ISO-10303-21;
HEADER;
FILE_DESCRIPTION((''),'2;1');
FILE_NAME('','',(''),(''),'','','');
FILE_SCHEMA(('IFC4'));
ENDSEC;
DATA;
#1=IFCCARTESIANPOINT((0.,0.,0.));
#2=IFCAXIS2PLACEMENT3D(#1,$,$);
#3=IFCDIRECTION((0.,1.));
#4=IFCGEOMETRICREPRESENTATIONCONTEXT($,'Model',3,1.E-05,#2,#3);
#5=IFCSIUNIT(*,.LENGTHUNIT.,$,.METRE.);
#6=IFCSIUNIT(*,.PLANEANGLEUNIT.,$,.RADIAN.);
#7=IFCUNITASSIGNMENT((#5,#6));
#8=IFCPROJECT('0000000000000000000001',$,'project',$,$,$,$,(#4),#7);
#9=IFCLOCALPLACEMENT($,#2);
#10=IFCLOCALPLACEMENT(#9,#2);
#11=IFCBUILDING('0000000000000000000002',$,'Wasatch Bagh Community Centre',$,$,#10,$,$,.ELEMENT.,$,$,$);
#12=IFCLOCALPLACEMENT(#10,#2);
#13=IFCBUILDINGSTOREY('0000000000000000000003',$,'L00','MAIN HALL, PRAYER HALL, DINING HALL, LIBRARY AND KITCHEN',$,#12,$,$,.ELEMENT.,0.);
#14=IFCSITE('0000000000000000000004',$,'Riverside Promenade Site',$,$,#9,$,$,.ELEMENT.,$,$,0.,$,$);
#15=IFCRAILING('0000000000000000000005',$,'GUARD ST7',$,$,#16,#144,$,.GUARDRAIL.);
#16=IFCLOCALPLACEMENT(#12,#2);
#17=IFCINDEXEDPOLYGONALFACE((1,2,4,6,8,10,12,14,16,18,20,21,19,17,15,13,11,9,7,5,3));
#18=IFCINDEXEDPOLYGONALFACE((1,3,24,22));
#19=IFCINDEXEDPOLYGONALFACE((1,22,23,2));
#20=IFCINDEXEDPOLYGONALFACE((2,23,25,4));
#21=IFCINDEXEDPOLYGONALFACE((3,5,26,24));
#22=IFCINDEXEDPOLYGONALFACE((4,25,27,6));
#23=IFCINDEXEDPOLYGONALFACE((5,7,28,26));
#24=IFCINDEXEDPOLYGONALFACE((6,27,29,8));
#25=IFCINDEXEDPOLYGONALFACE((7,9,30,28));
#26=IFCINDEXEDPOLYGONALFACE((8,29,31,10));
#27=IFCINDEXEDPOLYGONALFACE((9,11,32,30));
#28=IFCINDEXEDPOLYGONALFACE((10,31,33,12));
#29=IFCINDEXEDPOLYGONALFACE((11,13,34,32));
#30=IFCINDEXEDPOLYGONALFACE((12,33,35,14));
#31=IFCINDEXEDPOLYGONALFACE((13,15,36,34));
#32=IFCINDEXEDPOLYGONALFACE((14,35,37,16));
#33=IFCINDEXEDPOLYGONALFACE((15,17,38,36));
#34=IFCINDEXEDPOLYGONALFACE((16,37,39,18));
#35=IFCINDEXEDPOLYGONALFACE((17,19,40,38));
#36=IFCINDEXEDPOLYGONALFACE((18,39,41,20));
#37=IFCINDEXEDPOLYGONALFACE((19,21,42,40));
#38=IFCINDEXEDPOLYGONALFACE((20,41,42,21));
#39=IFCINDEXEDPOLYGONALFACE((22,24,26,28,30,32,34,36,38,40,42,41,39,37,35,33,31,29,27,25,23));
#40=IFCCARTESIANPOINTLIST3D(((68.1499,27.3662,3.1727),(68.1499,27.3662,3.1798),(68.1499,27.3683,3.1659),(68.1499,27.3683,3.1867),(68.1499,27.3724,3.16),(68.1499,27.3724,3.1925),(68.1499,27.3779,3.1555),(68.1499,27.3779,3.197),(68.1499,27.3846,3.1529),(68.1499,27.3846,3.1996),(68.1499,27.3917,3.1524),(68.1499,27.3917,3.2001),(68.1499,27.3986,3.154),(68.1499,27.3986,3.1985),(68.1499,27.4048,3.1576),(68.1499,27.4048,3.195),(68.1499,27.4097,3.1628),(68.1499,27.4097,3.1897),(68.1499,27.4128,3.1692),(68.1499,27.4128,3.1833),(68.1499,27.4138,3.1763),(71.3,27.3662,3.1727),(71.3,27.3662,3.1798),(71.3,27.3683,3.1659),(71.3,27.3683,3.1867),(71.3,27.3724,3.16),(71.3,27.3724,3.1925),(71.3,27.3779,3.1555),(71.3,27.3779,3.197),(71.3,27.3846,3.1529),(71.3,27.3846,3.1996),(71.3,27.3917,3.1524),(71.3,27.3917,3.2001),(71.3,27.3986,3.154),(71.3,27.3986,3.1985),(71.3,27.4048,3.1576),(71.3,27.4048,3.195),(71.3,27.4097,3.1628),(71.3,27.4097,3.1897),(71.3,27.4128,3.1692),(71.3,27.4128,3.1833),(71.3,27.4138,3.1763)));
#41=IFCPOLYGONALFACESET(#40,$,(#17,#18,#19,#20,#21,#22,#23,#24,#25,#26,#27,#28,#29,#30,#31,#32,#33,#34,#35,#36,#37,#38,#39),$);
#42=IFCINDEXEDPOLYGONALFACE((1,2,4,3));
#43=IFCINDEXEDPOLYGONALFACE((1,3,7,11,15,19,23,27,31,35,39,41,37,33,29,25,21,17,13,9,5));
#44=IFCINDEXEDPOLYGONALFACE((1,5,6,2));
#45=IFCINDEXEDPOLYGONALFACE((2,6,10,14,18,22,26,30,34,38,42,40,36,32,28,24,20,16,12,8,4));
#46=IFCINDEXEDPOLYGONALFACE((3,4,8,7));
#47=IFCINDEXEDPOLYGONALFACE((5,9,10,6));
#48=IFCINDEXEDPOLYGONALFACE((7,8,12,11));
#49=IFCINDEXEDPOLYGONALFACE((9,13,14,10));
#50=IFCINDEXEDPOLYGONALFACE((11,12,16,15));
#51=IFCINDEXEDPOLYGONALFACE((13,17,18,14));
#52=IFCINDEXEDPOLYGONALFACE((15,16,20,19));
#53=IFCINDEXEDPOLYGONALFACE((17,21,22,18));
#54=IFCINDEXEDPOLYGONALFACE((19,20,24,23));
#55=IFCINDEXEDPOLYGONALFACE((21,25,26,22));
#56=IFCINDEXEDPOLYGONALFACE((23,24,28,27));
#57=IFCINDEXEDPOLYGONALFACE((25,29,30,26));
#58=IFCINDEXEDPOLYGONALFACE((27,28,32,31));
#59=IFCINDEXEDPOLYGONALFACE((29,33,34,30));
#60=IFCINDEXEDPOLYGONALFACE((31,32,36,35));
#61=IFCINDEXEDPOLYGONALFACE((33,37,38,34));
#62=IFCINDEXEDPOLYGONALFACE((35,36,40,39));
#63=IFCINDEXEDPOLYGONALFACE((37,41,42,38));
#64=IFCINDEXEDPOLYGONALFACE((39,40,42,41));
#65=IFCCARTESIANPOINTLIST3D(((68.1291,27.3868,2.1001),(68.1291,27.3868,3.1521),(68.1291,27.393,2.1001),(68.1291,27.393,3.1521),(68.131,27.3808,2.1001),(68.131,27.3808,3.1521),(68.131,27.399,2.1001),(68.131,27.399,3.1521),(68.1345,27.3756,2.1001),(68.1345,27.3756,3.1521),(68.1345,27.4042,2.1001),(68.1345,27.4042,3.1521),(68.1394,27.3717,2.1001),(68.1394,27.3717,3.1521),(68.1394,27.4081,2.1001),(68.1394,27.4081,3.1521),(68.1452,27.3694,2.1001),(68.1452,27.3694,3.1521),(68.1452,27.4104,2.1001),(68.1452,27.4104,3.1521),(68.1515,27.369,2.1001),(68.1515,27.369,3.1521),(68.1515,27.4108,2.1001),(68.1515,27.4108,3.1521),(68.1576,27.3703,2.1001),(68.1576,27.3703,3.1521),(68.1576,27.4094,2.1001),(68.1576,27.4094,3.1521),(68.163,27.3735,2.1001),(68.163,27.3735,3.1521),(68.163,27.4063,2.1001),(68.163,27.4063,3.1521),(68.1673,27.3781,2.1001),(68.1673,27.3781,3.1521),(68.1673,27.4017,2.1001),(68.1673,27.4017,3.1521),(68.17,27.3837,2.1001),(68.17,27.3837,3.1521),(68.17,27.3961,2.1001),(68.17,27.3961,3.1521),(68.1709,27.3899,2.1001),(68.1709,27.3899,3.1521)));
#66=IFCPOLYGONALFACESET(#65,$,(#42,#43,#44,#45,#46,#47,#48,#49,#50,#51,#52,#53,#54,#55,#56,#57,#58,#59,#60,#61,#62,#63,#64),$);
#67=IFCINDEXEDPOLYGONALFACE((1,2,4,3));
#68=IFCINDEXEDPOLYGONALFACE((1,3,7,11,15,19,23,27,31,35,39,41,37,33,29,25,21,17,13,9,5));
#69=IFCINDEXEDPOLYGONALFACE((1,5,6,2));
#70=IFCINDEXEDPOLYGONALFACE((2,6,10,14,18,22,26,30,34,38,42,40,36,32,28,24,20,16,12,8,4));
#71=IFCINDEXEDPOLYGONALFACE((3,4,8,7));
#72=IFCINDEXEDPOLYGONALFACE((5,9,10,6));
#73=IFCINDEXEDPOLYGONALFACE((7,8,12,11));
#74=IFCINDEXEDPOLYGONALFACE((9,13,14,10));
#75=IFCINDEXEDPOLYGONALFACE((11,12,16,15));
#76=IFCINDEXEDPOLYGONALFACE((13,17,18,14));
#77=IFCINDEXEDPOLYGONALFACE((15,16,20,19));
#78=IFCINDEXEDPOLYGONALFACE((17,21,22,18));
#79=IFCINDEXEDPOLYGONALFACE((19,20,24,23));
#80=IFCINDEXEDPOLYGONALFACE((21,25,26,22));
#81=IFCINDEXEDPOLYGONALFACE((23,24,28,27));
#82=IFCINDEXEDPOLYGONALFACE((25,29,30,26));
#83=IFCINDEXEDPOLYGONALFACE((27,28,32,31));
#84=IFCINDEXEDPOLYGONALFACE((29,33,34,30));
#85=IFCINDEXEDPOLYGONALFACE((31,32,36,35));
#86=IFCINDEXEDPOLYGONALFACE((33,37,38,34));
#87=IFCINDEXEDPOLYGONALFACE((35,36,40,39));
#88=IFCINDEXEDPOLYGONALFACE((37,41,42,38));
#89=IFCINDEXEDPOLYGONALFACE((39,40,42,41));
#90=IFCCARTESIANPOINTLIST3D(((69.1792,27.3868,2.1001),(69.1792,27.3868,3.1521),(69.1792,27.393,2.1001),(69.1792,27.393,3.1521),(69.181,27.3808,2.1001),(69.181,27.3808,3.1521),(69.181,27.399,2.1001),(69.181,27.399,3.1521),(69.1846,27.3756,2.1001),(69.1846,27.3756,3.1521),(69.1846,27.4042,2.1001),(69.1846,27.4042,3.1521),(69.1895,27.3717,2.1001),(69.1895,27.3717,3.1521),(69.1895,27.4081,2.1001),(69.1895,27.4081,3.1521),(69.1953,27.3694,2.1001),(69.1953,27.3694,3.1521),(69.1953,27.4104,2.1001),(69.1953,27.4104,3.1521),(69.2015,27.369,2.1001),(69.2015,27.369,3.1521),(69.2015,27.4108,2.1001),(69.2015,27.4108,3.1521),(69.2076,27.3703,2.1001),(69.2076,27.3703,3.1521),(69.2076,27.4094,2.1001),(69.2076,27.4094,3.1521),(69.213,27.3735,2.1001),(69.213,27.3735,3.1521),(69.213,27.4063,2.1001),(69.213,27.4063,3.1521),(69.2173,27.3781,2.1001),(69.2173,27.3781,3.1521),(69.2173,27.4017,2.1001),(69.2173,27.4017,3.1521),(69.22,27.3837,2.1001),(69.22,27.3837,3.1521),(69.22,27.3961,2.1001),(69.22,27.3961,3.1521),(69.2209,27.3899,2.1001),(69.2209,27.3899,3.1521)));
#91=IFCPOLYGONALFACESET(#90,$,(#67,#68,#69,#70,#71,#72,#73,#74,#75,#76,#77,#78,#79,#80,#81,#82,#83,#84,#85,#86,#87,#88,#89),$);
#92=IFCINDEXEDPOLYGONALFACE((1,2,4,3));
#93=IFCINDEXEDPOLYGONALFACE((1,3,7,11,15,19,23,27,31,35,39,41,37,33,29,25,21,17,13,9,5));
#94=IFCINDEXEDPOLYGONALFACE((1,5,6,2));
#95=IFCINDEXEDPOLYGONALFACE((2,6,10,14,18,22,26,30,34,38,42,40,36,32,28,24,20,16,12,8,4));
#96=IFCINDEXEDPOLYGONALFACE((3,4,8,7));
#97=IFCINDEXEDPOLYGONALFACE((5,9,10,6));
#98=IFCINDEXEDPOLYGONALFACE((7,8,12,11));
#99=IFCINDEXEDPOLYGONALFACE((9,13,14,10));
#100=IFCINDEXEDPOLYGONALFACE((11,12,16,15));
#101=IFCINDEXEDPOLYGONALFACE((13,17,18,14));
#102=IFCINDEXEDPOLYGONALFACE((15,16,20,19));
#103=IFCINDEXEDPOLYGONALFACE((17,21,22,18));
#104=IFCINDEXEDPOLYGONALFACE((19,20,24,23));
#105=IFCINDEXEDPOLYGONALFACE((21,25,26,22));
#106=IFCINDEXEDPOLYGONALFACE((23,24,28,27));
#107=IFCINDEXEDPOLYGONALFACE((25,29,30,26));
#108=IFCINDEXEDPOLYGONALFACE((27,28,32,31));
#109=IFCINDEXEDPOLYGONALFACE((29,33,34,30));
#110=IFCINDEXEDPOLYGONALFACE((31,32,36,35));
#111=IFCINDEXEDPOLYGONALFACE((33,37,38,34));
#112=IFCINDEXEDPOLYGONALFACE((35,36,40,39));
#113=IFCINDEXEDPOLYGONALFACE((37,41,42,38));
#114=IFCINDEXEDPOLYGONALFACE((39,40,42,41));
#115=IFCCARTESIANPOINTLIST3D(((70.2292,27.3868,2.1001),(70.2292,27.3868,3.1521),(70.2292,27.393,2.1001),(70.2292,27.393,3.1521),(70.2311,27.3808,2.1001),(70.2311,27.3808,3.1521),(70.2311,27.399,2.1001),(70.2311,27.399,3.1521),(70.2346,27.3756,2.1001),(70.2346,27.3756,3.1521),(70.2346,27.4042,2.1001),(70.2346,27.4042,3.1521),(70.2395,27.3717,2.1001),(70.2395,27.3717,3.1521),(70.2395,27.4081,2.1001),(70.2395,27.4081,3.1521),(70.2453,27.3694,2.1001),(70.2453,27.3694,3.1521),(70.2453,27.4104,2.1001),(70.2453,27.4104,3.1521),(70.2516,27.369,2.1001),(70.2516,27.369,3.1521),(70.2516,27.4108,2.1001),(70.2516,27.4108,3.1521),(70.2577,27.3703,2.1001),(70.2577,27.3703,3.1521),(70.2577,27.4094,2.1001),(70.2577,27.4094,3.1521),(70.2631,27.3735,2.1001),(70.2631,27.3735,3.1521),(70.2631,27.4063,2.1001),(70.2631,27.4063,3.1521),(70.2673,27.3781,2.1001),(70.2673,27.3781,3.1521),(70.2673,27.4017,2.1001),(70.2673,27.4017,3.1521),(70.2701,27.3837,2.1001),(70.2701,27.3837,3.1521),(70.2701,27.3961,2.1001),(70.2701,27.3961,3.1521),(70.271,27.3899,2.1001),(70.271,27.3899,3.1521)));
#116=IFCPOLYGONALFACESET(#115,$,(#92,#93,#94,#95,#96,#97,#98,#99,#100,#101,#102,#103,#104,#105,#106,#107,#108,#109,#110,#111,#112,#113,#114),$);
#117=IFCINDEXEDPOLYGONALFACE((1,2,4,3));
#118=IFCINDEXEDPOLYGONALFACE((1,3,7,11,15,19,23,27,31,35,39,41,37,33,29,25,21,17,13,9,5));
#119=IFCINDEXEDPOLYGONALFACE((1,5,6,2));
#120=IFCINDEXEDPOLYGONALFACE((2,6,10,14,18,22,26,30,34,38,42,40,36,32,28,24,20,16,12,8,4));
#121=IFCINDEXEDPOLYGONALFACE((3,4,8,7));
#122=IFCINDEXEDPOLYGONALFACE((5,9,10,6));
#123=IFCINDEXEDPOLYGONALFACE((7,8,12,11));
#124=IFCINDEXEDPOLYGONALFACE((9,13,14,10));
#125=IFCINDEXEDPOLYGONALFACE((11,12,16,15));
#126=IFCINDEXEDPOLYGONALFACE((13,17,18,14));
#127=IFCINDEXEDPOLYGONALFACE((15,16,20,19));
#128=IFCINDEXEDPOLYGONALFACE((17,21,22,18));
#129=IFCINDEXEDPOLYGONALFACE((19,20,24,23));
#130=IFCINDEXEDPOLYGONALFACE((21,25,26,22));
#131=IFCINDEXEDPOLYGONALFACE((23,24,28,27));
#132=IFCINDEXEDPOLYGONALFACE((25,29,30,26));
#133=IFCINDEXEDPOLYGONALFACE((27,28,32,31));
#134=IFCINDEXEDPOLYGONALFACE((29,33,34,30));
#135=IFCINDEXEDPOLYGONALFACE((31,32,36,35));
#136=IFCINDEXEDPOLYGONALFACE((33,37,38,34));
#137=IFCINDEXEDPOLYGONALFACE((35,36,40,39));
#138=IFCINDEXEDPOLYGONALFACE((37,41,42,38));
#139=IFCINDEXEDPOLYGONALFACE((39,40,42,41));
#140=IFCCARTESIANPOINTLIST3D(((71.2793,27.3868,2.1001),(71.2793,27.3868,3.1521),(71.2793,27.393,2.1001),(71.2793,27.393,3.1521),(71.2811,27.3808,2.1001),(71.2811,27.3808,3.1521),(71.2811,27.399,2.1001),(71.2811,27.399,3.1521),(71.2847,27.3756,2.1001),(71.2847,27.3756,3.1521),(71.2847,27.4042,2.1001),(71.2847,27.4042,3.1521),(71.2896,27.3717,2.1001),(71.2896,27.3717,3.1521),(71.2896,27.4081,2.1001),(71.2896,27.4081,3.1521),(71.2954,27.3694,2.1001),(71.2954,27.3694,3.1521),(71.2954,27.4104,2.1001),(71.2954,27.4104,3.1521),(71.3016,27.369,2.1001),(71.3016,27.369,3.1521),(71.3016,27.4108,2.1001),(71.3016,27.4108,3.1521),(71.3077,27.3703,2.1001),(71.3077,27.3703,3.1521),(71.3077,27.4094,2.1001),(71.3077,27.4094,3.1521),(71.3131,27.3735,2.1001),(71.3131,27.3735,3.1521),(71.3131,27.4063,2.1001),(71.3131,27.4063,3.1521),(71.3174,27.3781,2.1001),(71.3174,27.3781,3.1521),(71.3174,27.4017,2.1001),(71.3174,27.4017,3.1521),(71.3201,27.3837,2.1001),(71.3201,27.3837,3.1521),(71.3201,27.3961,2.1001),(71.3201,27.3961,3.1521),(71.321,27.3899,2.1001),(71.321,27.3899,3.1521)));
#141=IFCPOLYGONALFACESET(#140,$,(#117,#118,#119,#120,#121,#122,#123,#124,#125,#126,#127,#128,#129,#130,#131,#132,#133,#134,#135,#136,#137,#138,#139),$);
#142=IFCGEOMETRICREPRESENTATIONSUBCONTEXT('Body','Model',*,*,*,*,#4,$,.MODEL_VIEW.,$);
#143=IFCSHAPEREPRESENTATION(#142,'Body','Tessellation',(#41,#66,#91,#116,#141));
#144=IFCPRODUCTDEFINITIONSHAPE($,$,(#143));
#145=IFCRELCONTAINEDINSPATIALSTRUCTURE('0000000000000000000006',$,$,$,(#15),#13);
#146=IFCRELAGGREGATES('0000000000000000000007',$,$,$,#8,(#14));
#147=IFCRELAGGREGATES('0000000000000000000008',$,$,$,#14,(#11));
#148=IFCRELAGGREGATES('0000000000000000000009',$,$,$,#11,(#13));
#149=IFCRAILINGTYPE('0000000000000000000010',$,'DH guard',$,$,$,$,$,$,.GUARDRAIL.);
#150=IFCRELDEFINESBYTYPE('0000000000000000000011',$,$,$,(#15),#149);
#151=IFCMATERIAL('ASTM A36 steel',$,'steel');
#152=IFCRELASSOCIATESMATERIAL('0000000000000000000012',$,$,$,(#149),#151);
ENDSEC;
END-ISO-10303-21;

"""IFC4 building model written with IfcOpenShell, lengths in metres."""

from ifc_helpers import new_model, si_unit, direction, frame, origin, origin_2d, place, context, subcontext, project, spatial, circle, extrude, material, type_object, element, save


model = new_model("IFC4")

# Units and contexts
model_context = context("Model", 3, precision=1e-05, world=origin(), true_north=direction((0.0, 1.0)))
body_context = subcontext(model_context, "Body", "Model", "MODEL_VIEW")
ifc_project = project(units=[si_unit("LENGTHUNIT", "METRE"), si_unit("PLANEANGLEUNIT", "RADIAN")], contexts=[model_context])

# Site, building, storey
site_placement = place(None, origin())
site = spatial("IfcSite", under=ifc_project, at=site_placement, Name="Riverside Promenade Site", CompositionType="ELEMENT", RefElevation=0.0)
building_placement = place(site_placement, origin())
building = spatial("IfcBuilding", under=site, at=building_placement, Name="Wasatch Bagh Community Centre", CompositionType="ELEMENT")
storey_placement = place(building_placement, origin())
storey = spatial("IfcBuildingStorey", under=building, at=storey_placement, Name="L00", Description="MAIN HALL, PRAYER HALL, DINING HALL, LIBRARY AND KITCHEN", CompositionType="ELEMENT", Elevation=0.0)

# Railing
ifc_material_1 = material(Name="ASTM A36 steel", Category="steel")
railing_type_1 = type_object("IfcRailingType", Name="DH guard", PredefinedType="GUARDRAIL", material=ifc_material_1)
railing_placement = place(storey_placement, frame((68.1499, 27.3899, 2.1001)))
element("IfcRailing", 1, at=railing_placement, inside=storey, type_object=railing_type_1, Name="GUARD ST7", PredefinedType="GUARDRAIL", context=body_context, shape_type="SweptSolid", body=[
    extrude(circle(Radius=0.0239, at=origin_2d()), frame((0.0, 0.0, 1.0762), z_axis=(1.0, 0.0, 0.0), x_axis=(0.0, 1.0, 0.0)), (0.0, 0.0, 1.0), 3.1501),
    extrude(circle(Radius=0.021, at=origin_2d()), origin(), (0.0, 0.0, 1.0), 1.052),
    extrude(circle(Radius=0.021, at=origin_2d()), frame((1.05, 0.0, 0.0)), (0.0, 0.0, 1.0), 1.052),
    extrude(circle(Radius=0.021, at=origin_2d()), frame((2.1001, 0.0, 0.0)), (0.0, 0.0, 1.0), 1.052),
    extrude(circle(Radius=0.021, at=origin_2d()), frame((3.1501, 0.0, 0.0)), (0.0, 0.0, 1.0), 1.052),
])

save(model, "model.ifc")
